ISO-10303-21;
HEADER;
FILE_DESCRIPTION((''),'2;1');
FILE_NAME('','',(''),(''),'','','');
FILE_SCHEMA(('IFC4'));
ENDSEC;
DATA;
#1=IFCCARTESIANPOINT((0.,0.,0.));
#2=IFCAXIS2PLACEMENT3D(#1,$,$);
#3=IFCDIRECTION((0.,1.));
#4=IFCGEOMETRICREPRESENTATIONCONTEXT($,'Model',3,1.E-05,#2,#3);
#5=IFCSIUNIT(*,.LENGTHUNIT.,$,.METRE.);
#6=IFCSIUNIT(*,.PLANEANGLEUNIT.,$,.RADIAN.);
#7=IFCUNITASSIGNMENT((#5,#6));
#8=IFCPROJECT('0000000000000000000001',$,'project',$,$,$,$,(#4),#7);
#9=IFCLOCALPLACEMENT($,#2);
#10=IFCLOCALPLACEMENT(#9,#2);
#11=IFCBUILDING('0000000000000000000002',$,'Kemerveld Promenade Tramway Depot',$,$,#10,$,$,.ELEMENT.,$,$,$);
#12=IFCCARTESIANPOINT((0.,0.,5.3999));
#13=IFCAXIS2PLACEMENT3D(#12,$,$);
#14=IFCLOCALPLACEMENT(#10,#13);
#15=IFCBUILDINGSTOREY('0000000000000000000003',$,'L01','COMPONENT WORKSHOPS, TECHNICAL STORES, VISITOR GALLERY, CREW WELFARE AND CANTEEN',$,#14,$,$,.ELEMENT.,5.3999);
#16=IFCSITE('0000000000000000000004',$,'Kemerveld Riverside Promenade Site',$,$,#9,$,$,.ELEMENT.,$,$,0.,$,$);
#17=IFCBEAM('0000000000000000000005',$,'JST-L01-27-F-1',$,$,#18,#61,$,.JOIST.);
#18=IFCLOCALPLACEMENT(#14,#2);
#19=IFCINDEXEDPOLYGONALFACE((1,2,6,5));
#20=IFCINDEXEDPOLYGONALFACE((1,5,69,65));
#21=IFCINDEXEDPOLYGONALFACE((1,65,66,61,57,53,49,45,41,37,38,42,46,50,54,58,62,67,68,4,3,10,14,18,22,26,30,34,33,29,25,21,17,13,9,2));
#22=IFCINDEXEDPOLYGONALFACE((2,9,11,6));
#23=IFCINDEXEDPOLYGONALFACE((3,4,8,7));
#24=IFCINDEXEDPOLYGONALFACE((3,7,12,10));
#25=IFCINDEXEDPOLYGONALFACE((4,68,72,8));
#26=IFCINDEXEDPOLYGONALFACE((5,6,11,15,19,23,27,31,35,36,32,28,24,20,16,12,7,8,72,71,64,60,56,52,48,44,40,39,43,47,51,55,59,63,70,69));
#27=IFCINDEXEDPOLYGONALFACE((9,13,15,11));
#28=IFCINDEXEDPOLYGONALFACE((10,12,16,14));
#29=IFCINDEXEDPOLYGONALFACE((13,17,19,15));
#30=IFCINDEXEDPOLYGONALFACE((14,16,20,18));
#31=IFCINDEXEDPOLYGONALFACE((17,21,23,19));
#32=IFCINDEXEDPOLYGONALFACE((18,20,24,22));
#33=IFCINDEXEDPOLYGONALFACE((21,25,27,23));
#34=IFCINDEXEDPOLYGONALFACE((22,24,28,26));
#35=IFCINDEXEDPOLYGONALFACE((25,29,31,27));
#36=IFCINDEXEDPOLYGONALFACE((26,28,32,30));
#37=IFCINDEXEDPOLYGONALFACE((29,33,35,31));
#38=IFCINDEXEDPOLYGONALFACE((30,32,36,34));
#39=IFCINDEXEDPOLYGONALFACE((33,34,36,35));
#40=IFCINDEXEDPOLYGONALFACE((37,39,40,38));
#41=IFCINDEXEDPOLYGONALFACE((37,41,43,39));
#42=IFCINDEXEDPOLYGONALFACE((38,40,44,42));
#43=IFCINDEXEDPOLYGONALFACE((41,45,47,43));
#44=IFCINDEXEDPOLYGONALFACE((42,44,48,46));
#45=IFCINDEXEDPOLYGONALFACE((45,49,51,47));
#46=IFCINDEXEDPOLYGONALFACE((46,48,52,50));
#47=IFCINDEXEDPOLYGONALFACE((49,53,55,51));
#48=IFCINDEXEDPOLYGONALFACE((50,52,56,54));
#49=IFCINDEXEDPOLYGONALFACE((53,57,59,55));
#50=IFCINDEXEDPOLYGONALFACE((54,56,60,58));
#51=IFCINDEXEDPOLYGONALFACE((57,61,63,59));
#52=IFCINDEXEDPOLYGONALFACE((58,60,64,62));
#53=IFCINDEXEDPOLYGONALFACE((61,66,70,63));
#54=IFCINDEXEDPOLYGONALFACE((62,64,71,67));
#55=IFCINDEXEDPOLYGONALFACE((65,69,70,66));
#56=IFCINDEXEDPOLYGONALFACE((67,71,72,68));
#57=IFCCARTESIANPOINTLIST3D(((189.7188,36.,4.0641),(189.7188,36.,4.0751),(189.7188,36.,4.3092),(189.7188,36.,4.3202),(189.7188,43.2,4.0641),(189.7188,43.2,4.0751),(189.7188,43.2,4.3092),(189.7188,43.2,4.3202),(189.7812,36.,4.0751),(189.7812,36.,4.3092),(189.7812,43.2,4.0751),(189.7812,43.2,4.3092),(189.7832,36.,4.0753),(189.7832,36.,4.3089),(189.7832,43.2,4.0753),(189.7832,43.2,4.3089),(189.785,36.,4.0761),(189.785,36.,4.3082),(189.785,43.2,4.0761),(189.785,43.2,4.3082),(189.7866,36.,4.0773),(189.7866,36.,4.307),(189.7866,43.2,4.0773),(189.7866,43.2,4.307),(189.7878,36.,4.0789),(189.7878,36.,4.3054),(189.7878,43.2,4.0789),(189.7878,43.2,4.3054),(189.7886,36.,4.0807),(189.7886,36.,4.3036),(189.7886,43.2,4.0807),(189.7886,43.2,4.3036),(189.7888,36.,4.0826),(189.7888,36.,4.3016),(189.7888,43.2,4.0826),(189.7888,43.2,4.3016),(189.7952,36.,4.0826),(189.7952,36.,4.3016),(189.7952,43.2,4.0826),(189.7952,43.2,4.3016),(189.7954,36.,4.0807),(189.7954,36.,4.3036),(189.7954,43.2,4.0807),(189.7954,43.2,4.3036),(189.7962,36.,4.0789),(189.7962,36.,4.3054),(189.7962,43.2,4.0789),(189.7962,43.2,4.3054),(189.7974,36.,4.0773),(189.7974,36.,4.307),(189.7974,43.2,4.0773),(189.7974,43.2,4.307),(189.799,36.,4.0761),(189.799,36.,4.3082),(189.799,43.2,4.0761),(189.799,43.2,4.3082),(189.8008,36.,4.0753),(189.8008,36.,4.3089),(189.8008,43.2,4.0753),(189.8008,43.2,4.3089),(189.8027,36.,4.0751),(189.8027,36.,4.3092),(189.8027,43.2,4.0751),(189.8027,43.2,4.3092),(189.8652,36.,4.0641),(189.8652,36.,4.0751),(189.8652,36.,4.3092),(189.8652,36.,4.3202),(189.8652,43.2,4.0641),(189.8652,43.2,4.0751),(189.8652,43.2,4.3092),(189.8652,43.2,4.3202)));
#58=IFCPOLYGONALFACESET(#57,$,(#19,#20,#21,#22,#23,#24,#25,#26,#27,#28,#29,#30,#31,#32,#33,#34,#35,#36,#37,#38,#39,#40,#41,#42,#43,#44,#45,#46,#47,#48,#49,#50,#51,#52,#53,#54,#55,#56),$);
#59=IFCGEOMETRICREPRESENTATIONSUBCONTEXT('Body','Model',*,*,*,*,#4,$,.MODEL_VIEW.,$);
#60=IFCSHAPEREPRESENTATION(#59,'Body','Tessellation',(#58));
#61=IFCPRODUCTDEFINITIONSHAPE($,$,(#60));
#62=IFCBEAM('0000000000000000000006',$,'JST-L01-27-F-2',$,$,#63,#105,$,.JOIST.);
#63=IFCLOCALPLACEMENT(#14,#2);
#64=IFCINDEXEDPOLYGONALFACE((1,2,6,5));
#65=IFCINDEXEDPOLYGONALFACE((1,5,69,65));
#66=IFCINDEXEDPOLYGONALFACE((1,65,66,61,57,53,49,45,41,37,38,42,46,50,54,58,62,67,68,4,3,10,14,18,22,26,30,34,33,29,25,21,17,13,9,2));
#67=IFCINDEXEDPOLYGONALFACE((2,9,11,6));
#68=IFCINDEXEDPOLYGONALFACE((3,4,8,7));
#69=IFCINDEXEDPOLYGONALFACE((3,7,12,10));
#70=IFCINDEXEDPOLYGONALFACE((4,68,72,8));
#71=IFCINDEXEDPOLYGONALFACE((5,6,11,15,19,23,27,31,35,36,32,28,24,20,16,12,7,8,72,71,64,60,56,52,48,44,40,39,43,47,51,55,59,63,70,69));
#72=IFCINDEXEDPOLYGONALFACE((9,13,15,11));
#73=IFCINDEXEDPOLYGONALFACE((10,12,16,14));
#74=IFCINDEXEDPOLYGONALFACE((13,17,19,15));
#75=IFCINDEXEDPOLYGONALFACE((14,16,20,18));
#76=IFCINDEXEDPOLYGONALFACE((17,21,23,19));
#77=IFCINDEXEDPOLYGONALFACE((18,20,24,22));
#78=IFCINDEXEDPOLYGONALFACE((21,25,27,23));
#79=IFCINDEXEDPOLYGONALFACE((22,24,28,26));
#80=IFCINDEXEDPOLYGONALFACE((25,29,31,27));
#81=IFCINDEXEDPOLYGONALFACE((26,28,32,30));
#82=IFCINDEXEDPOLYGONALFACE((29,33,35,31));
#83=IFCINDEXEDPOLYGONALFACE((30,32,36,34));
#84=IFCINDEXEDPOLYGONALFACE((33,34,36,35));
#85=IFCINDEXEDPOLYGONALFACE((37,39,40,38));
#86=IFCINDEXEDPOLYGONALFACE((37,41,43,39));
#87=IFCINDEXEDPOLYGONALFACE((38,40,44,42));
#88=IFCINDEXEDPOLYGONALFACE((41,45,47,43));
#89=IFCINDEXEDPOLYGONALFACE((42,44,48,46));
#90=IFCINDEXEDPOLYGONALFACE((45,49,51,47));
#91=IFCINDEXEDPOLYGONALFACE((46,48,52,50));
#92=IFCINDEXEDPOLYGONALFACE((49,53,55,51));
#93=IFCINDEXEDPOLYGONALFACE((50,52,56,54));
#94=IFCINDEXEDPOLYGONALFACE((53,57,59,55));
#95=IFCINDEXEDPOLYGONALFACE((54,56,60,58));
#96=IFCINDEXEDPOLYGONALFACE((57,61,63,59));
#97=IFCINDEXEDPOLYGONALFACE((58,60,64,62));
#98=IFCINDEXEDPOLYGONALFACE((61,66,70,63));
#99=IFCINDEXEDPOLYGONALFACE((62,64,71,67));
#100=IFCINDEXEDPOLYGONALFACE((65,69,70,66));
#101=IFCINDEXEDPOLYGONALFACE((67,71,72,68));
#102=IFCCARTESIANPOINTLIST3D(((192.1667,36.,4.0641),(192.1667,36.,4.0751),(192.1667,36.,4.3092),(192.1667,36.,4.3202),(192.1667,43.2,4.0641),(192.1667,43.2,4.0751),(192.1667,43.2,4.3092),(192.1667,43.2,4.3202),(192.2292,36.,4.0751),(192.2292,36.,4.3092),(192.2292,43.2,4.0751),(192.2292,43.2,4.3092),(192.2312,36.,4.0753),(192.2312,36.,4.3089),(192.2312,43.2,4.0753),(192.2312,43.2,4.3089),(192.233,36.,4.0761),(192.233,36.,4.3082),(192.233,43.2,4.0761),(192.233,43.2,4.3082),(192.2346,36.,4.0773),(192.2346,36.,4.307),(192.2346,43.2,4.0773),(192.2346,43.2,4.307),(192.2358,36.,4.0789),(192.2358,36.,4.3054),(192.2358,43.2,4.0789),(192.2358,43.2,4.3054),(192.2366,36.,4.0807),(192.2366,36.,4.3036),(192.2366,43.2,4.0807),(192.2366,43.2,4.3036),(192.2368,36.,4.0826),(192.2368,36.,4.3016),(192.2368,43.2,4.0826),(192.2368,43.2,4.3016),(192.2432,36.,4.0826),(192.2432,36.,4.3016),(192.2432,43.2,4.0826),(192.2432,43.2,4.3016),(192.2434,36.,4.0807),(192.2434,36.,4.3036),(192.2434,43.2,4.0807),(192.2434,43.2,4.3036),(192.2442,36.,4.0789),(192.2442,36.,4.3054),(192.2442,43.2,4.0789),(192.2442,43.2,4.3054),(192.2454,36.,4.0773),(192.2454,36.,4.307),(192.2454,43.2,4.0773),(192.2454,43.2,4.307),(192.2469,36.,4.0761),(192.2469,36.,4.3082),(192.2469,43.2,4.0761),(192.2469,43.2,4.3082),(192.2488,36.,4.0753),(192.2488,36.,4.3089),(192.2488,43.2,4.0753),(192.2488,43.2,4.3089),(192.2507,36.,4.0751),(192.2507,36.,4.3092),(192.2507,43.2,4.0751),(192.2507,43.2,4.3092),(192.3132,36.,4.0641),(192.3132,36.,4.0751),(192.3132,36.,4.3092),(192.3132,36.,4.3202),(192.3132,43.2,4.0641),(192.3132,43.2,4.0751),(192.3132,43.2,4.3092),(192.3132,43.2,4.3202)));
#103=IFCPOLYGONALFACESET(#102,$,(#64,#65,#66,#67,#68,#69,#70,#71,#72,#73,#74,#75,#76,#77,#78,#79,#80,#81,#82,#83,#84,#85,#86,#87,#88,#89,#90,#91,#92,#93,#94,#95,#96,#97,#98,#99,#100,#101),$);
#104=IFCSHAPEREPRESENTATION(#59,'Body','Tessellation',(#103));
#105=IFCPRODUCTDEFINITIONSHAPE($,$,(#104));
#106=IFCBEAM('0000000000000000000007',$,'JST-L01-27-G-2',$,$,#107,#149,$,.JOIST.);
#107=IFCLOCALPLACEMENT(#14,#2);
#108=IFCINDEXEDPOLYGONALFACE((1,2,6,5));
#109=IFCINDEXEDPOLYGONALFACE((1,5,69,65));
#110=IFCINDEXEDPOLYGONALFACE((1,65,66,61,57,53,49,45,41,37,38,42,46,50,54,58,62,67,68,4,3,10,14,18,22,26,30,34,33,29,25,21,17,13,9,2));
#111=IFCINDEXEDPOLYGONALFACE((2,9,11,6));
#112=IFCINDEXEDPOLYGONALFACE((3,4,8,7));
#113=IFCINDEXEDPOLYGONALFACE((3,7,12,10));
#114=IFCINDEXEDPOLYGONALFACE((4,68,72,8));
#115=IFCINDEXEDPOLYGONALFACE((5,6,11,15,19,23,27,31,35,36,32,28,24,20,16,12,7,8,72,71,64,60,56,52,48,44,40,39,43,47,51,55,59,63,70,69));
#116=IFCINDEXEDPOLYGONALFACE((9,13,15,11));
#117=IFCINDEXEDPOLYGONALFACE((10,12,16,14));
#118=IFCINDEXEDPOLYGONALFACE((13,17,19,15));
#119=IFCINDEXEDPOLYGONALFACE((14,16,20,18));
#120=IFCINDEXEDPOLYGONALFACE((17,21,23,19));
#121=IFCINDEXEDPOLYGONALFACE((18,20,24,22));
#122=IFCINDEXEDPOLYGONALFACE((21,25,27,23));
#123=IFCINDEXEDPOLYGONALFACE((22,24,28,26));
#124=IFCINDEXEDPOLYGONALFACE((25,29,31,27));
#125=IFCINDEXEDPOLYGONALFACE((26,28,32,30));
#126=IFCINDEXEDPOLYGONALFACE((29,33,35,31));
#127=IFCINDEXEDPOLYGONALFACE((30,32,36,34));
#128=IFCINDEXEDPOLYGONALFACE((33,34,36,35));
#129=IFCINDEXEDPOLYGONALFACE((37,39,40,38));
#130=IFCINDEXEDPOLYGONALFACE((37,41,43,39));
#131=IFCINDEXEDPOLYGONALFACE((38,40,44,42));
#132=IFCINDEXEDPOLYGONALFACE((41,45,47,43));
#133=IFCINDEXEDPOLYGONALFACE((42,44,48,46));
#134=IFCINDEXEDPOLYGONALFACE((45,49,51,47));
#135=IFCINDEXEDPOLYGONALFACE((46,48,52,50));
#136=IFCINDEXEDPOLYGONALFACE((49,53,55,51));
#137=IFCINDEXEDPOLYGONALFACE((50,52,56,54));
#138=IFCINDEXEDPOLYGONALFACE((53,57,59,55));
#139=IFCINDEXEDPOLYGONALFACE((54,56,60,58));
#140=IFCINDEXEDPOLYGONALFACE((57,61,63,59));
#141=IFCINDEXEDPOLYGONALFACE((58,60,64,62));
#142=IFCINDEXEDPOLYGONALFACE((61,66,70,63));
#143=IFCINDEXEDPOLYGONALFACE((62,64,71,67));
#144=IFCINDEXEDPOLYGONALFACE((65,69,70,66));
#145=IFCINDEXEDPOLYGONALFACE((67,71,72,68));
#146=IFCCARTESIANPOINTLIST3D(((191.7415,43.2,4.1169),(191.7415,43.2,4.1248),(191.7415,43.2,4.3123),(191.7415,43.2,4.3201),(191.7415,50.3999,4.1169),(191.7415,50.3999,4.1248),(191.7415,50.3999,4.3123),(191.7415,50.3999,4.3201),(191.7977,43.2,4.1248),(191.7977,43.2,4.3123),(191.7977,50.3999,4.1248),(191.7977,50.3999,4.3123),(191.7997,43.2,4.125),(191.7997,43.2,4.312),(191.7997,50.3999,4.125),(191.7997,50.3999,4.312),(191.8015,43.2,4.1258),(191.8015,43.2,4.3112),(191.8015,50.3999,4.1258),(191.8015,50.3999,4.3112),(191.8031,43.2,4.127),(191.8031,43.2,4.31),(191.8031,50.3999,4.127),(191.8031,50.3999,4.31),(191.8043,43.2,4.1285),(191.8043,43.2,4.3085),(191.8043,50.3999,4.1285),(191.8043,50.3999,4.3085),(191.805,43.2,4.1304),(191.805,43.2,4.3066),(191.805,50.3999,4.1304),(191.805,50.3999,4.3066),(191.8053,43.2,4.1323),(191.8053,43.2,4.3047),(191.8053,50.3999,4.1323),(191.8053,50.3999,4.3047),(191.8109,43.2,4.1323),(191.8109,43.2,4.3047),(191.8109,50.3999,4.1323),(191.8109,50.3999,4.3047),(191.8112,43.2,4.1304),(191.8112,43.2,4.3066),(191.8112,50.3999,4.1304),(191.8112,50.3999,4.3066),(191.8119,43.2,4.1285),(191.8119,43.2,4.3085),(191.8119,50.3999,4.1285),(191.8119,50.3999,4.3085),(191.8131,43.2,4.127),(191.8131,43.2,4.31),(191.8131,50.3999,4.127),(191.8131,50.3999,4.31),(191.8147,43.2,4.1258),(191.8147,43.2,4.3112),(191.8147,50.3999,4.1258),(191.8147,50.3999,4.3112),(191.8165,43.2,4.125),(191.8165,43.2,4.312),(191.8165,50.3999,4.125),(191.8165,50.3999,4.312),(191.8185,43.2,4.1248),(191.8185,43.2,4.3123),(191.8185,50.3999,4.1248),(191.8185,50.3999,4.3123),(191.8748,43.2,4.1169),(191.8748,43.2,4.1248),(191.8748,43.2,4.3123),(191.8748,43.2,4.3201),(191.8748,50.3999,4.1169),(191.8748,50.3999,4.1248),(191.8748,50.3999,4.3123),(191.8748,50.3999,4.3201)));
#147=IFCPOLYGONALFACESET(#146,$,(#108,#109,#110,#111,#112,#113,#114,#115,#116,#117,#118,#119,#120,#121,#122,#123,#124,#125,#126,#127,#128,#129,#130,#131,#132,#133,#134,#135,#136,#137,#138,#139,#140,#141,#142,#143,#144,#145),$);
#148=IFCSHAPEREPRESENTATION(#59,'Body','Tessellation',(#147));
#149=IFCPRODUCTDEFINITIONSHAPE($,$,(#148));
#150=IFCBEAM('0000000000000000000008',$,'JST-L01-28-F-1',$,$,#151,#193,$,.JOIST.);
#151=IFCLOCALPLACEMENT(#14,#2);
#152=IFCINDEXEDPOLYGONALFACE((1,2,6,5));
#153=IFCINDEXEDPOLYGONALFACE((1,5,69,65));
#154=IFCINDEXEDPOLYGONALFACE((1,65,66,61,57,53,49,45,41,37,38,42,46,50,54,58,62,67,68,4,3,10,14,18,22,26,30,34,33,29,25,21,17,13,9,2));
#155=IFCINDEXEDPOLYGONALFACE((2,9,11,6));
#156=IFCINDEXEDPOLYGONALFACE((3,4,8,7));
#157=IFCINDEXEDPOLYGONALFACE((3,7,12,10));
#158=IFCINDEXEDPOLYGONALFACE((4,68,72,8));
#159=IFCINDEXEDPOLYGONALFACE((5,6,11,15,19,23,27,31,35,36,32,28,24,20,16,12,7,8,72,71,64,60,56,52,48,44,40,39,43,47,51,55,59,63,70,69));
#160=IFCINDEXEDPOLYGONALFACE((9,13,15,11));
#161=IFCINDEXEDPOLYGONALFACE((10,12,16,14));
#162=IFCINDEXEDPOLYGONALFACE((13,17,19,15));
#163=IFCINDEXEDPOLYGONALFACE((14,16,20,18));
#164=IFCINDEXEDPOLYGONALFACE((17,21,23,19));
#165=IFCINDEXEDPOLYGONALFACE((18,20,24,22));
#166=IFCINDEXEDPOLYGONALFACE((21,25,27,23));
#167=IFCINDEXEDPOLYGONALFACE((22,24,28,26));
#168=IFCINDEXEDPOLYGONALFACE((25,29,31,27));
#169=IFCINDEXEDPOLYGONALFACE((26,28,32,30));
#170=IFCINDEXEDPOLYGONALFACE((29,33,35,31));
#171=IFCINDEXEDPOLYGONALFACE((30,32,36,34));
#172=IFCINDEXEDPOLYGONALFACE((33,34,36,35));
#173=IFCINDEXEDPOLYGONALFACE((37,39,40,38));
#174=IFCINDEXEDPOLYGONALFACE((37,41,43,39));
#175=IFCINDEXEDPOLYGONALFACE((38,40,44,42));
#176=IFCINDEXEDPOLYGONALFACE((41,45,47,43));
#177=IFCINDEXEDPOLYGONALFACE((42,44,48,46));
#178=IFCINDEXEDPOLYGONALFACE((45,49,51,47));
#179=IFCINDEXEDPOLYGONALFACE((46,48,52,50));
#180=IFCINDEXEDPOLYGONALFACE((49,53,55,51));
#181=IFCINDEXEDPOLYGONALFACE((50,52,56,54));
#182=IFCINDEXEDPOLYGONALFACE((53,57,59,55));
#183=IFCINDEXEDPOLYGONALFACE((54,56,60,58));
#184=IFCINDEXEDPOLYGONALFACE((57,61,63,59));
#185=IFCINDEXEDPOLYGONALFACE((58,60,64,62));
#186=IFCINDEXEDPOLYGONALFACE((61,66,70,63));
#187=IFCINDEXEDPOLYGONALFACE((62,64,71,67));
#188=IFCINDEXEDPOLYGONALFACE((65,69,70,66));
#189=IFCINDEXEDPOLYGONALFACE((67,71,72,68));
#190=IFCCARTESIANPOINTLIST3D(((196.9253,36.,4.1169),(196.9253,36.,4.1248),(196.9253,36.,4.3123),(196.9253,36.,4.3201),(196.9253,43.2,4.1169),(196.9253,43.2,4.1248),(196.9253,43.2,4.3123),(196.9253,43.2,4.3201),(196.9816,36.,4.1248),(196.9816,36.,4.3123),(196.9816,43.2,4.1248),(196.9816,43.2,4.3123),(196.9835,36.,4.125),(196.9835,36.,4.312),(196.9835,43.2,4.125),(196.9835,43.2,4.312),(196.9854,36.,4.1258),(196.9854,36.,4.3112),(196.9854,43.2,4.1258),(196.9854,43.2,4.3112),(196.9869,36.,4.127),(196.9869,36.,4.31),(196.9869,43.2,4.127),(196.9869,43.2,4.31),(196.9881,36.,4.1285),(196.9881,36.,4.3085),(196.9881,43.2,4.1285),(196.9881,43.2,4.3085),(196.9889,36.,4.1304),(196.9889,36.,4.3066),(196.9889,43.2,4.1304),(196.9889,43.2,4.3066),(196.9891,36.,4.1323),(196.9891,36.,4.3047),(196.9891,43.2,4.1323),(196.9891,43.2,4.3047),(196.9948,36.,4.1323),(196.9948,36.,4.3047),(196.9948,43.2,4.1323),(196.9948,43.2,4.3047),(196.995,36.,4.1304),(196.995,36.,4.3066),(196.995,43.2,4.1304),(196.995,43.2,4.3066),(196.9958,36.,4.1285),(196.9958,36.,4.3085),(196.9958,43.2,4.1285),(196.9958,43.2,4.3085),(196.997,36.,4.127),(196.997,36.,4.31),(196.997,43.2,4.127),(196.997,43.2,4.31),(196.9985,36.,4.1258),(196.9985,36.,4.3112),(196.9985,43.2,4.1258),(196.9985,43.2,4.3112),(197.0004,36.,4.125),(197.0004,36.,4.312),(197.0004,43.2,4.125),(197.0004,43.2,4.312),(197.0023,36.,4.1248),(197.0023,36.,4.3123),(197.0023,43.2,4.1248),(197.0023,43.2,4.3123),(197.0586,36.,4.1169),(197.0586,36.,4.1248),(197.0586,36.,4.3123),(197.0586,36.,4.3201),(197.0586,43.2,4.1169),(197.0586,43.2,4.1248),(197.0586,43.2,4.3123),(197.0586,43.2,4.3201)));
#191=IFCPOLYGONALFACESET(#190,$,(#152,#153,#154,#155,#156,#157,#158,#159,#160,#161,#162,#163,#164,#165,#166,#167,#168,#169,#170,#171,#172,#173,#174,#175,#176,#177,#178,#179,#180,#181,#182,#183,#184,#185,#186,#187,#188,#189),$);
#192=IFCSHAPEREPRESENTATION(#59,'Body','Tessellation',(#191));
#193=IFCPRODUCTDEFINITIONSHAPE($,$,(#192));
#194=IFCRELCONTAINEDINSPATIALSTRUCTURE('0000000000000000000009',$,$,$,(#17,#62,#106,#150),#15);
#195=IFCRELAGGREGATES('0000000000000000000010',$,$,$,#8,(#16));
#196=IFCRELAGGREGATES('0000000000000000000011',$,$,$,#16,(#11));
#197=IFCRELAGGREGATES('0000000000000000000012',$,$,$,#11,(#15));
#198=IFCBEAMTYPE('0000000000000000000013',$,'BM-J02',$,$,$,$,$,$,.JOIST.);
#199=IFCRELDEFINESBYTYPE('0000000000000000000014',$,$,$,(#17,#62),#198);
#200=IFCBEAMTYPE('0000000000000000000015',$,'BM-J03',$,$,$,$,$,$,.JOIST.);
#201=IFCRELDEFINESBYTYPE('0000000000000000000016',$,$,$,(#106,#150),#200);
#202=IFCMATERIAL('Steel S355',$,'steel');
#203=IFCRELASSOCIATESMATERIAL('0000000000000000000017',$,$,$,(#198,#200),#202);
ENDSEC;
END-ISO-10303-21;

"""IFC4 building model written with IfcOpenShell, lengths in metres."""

from ifc_helpers import new_model, si_unit, direction, frame, origin, origin_2d, place, context, subcontext, project, spatial, i_section, extrude, material, material_profile, profile_set, type_object, element, save


model = new_model("IFC4")

# Units and contexts
model_context = context("Model", 3, precision=1e-05, world=origin(), true_north=direction((0.0, 1.0)))
body_context = subcontext(model_context, "Body", "Model", "MODEL_VIEW")
ifc_project = project(units=[si_unit("LENGTHUNIT", "METRE"), si_unit("PLANEANGLEUNIT", "RADIAN")], contexts=[model_context])

# Site, building, storey
site_placement = place(None, origin())
site = spatial("IfcSite", under=ifc_project, at=site_placement, Name="Kemerveld Riverside Promenade Site", CompositionType="ELEMENT", RefElevation=0.0)
building_placement = place(site_placement, origin())
building = spatial("IfcBuilding", under=site, at=building_placement, Name="Kemerveld Promenade Tramway Depot", CompositionType="ELEMENT")
storey_placement = place(building_placement, frame((0.0, 0.0, 5.3999)))
storey = spatial("IfcBuildingStorey", under=building, at=storey_placement, Name="L01", Description="COMPONENT WORKSHOPS, TECHNICAL STORES, VISITOR GALLERY, CREW WELFARE AND CANTEEN", CompositionType="ELEMENT", Elevation=5.3999)

# Shared definitions
ifc_material_1 = material(Name="Steel S355", Category="steel")

# Beams
ifc_material_profile_1 = material_profile(ifc_material_1, i_section(OverallWidth=0.1465, OverallDepth=0.2561, WebThickness=0.0063, FlangeThickness=0.011, FilletRadius=0.0076, at=origin_2d()), Name="254x146x37 UB")
ifc_profile_set_1 = profile_set([ifc_material_profile_1], Name="Steel S355")
beam_type_1 = type_object("IfcBeamType", Name="BM-J02", PredefinedType="JOIST", material=ifc_profile_set_1)
for number, where, z_axis, x_axis, name in (
    (1, (189.792, 36.0, 4.1921), (0.0, 1.0, 0.0), (-1.0, 0.0, 0.0), "JST-L01-27-F-1"),
    (2, (192.24, 36.0, 4.1921), (0.0, 1.0, 0.0), (-1.0, 0.0, 0.0), "JST-L01-27-F-2"),
):
    element("IfcBeam", number, at=place(storey_placement, frame(where, z_axis=z_axis, x_axis=x_axis)), inside=storey, type_object=beam_type_1, Name=name, PredefinedType="JOIST", context=body_context, shape_type="SweptSolid", body=[
        extrude(i_section(OverallWidth=0.1465, OverallDepth=0.2561, WebThickness=0.0063, FlangeThickness=0.011, FilletRadius=0.0076, at=origin_2d()), origin(), (0.0, 0.0, 1.0), 7.2),
    ])
ifc_material_profile_2 = material_profile(ifc_material_1, i_section(OverallWidth=0.1333, OverallDepth=0.2031, WebThickness=0.0056, FlangeThickness=0.0078, FilletRadius=0.0076, at=origin_2d()), Name="203x133x25 UB")
ifc_profile_set_2 = profile_set([ifc_material_profile_2], Name="Steel S355")
beam_type_2 = type_object("IfcBeamType", Name="BM-J03", PredefinedType="JOIST", material=ifc_profile_set_2)
for number, where, z_axis, x_axis, name in (
    (3, (191.8081, 43.2, 4.2185), (0.0, 1.0, 0.0), (-1.0, 0.0, 0.0), "JST-L01-27-G-2"),
    (4, (196.9919, 36.0, 4.2185), (0.0, 1.0, 0.0), (-1.0, 0.0, 0.0), "JST-L01-28-F-1"),
):
    element("IfcBeam", number, at=place(storey_placement, frame(where, z_axis=z_axis, x_axis=x_axis)), inside=storey, type_object=beam_type_2, Name=name, PredefinedType="JOIST", context=body_context, shape_type="SweptSolid", body=[
        extrude(i_section(OverallWidth=0.1333, OverallDepth=0.2031, WebThickness=0.0056, FlangeThickness=0.0078, FilletRadius=0.0076, at=origin_2d()), origin(), (0.0, 0.0, 1.0), 7.2),
    ])

save(model, "model.ifc")
